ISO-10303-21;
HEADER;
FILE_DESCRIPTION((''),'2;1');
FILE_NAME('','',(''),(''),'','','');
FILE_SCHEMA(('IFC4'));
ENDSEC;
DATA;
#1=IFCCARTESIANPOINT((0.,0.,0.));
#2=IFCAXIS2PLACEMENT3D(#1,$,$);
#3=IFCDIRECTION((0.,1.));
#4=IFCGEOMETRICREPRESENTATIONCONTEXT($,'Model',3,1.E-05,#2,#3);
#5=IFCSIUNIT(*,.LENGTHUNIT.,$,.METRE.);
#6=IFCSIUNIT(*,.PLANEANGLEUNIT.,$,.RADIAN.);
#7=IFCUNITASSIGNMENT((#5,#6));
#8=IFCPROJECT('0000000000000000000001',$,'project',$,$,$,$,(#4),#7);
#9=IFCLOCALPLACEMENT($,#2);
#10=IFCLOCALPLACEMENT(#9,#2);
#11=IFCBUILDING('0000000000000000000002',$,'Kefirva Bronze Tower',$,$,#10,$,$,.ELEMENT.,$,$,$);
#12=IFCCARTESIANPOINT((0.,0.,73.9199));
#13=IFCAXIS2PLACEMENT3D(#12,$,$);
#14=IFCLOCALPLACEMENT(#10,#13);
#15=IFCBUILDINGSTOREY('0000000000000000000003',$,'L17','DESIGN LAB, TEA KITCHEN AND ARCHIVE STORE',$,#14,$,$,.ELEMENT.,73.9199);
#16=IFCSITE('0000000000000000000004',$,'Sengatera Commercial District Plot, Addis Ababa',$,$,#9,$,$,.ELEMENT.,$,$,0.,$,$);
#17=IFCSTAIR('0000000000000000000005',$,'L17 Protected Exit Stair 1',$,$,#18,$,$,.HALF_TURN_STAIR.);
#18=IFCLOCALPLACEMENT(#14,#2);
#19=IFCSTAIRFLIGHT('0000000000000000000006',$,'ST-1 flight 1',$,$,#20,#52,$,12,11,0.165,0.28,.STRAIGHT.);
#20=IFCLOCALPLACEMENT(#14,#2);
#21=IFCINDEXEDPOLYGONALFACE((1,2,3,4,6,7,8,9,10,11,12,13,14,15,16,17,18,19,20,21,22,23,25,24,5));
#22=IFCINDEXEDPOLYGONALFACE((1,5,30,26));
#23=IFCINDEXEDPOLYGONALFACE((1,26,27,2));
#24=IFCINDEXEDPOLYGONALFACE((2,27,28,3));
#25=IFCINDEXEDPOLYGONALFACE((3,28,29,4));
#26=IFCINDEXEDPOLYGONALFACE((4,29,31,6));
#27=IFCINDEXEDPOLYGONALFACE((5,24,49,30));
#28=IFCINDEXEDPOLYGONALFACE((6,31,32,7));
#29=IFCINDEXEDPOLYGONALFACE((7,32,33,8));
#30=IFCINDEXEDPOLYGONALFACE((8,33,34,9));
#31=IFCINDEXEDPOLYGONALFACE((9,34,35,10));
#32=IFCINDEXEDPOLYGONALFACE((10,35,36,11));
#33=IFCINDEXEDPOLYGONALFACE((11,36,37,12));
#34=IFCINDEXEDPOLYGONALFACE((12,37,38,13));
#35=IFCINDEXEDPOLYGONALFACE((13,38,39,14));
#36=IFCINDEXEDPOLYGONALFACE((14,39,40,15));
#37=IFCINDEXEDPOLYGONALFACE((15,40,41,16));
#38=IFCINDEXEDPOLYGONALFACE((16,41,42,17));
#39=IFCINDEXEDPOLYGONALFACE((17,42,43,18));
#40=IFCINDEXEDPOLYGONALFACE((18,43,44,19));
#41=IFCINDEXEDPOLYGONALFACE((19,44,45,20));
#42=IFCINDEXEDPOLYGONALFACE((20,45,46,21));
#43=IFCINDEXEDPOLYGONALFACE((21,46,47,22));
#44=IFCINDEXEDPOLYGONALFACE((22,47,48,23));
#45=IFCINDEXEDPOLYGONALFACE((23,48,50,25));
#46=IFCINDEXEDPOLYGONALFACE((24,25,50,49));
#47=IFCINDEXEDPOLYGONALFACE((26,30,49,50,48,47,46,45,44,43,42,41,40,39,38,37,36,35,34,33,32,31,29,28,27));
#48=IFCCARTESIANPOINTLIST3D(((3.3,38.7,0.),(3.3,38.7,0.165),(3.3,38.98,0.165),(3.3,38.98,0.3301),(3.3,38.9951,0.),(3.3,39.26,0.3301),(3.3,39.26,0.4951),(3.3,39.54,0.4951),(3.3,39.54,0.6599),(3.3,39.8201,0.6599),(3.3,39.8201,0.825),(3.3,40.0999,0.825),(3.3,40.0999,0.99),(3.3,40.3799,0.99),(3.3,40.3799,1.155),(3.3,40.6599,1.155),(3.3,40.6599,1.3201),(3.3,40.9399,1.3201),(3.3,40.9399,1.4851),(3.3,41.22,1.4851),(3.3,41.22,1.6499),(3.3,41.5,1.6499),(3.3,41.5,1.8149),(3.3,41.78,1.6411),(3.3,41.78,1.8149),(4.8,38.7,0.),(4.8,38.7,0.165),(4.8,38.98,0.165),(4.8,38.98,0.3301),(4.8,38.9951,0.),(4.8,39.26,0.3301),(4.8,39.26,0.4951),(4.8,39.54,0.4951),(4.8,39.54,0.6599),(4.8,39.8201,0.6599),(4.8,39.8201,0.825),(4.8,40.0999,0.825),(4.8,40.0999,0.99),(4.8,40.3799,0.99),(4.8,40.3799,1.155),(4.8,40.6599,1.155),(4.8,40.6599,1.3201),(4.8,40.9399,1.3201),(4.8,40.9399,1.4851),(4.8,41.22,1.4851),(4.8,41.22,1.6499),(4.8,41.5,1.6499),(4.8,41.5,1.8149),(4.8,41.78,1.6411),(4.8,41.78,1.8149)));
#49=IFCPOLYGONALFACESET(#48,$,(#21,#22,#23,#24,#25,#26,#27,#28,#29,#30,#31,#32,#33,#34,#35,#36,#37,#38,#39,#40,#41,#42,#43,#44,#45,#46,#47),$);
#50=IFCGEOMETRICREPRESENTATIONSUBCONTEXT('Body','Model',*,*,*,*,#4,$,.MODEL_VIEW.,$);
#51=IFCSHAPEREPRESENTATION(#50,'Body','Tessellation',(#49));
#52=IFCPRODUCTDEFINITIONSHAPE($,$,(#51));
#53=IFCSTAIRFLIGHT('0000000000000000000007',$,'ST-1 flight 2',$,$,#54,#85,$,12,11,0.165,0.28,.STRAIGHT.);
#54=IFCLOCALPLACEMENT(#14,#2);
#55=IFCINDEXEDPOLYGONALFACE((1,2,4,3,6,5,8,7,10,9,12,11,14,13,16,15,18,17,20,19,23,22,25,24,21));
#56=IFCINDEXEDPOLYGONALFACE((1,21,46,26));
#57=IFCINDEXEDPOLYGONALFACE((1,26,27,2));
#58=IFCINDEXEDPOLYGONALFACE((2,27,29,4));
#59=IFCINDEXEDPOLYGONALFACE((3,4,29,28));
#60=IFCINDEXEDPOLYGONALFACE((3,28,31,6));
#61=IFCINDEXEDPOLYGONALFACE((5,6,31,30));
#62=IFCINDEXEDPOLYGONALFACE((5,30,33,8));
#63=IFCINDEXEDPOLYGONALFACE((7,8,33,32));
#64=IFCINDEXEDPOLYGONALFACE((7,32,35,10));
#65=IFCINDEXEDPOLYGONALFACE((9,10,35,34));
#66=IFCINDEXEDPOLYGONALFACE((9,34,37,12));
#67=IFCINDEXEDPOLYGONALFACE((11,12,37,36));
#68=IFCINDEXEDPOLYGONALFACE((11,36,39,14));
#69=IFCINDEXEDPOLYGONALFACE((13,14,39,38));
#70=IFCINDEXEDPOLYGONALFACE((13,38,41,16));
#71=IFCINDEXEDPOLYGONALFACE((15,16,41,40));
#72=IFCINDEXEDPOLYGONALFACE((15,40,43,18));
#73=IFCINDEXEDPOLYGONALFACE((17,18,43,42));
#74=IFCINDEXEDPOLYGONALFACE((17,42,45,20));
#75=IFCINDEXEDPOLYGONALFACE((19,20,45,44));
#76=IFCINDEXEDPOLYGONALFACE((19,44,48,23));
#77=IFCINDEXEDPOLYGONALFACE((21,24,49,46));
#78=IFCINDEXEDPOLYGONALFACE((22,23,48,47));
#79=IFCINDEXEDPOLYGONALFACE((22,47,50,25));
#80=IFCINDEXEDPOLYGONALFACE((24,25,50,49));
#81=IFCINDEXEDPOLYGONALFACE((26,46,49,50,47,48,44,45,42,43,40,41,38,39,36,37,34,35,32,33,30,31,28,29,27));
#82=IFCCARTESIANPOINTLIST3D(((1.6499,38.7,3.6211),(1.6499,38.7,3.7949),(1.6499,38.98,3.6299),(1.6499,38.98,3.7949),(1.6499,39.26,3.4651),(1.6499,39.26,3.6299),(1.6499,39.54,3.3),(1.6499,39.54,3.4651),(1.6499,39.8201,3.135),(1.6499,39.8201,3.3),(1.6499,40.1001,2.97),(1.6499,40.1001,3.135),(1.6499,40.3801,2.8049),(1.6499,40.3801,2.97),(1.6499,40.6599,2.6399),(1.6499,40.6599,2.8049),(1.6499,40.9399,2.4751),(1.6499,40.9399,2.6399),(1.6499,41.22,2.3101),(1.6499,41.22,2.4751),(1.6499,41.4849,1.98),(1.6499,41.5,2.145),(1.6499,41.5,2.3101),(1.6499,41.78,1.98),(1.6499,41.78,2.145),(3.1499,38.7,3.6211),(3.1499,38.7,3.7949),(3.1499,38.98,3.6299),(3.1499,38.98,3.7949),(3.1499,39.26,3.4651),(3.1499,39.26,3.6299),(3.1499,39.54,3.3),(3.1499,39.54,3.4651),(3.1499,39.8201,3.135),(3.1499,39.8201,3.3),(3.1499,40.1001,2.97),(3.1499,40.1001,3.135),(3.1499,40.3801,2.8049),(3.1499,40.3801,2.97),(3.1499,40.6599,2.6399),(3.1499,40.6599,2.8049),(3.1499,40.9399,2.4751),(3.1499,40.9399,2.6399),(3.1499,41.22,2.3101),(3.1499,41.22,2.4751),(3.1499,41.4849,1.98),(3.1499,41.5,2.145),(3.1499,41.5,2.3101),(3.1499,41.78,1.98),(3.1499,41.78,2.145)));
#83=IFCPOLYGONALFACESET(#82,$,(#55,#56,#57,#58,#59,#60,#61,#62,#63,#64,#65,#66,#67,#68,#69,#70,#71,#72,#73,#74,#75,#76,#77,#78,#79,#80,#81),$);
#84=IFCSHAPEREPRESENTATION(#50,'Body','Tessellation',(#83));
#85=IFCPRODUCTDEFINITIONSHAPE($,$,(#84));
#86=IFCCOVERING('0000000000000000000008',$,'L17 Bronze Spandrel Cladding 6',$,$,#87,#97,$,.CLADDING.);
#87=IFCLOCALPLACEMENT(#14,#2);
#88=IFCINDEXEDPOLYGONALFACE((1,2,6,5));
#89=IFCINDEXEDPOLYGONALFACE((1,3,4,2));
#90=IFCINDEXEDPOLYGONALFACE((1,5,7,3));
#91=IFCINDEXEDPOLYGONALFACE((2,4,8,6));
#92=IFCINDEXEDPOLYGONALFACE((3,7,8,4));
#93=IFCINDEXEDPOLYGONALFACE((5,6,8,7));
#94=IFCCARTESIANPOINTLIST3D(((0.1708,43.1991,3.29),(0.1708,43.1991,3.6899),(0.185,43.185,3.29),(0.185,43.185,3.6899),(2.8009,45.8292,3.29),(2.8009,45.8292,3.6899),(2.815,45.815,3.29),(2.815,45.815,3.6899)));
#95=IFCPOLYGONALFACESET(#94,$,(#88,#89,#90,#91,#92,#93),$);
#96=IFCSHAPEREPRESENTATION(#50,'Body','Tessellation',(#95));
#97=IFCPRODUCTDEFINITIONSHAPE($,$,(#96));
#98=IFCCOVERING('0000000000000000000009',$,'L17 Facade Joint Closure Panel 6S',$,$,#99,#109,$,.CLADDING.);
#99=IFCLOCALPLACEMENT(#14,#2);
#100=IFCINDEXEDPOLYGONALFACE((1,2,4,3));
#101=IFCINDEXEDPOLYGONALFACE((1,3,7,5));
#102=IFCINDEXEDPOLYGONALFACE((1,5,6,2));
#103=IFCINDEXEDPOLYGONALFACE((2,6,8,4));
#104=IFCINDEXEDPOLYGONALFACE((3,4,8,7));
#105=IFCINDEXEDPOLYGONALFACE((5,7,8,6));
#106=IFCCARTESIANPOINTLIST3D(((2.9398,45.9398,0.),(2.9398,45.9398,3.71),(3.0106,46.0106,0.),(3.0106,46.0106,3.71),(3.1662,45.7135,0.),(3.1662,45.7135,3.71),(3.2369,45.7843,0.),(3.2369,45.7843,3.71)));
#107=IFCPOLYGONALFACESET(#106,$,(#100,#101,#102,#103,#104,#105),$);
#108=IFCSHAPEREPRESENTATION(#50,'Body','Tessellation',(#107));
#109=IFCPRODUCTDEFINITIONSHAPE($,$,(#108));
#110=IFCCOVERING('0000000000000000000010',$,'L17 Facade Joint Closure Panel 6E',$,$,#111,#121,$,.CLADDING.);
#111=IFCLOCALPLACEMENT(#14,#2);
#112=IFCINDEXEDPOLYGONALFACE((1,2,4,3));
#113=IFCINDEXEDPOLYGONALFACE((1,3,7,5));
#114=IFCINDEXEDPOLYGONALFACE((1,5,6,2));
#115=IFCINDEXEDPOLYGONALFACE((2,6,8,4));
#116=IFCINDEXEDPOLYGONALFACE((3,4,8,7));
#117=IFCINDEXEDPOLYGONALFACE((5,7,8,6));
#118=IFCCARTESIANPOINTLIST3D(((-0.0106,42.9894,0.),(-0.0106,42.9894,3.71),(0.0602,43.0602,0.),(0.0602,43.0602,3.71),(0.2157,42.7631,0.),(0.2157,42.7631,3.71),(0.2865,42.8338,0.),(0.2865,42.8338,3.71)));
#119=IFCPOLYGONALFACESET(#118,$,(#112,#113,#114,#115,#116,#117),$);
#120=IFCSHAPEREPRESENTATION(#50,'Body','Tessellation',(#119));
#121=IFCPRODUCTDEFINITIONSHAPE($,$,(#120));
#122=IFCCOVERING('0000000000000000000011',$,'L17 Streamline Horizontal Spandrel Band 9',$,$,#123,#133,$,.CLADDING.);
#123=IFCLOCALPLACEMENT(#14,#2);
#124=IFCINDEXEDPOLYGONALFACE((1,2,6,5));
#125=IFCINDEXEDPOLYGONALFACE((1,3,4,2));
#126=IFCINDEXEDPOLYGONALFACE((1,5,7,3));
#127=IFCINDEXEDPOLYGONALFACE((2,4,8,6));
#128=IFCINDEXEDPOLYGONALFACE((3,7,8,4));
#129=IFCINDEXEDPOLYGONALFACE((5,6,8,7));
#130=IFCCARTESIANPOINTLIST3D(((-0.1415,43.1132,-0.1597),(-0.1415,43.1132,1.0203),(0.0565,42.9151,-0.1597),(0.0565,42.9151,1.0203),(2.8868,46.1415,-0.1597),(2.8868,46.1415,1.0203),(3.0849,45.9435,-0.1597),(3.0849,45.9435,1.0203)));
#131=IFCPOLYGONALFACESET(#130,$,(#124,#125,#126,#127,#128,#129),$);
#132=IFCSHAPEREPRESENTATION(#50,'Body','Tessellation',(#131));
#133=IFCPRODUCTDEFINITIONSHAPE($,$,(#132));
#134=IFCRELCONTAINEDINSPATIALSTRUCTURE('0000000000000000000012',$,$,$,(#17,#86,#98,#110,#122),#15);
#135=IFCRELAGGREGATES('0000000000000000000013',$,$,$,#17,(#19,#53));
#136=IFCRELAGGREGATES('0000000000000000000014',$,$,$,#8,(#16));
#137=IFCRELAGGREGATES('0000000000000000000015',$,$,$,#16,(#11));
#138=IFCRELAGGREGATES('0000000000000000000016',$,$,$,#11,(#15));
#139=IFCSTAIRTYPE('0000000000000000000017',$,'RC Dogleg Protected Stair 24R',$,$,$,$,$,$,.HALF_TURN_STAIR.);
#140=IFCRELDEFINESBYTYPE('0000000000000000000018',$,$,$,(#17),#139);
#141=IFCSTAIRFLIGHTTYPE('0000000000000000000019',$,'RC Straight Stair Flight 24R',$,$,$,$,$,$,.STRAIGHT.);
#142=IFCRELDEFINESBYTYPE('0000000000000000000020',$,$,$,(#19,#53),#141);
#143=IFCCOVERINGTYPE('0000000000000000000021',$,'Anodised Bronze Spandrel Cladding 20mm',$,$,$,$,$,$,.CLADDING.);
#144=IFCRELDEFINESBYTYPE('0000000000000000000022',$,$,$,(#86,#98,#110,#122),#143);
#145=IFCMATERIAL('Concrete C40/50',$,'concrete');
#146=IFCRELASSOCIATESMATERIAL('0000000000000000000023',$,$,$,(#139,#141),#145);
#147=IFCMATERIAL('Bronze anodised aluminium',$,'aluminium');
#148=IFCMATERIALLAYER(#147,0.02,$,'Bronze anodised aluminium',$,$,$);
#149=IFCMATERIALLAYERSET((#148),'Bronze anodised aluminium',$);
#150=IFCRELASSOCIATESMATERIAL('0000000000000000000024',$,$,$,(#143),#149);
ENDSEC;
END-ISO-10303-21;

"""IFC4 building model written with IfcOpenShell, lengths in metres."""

from ifc_helpers import new_model, si_unit, direction, frame, origin, origin_2d, place, context, subcontext, project, spatial, polyline, rectangle, outline, extrude, material, layer, layer_set, type_object, element, aggregate, save


model = new_model("IFC4")

# Units and contexts
model_context = context("Model", 3, precision=1e-05, world=origin(), true_north=direction((0.0, 1.0)))
body_context = subcontext(model_context, "Body", "Model", "MODEL_VIEW")
ifc_project = project(units=[si_unit("LENGTHUNIT", "METRE"), si_unit("PLANEANGLEUNIT", "RADIAN")], contexts=[model_context])

# Site, building, storey
site_placement = place(None, origin())
site = spatial("IfcSite", under=ifc_project, at=site_placement, Name="Sengatera Commercial District Plot, Addis Ababa", CompositionType="ELEMENT", RefElevation=0.0)
building_placement = place(site_placement, origin())
building = spatial("IfcBuilding", under=site, at=building_placement, Name="Kefirva Bronze Tower", CompositionType="ELEMENT")
storey_placement = place(building_placement, frame((0.0, 0.0, 73.9199)))
storey = spatial("IfcBuildingStorey", under=building, at=storey_placement, Name="L17", Description="DESIGN LAB, TEA KITCHEN AND ARCHIVE STORE", CompositionType="ELEMENT", Elevation=73.9199)

# Shared definitions
ifc_material_1 = material(Name="Bronze anodised aluminium", Category="aluminium")

# Stair, stair flights
ifc_material_2 = material(Name="Concrete C40/50", Category="concrete")
stair_type = type_object("IfcStairType", Name="RC Dogleg Protected Stair 24R", PredefinedType="HALF_TURN_STAIR", material=ifc_material_2)
stair_placement = place(storey_placement, origin())
stair = element("IfcStair", 1, at=stair_placement, inside=storey, type_object=stair_type, Name="L17 Protected Exit Stair 1", PredefinedType="HALF_TURN_STAIR")
stair_flight_type = type_object("IfcStairFlightType", Name="RC Straight Stair Flight 24R", PredefinedType="STRAIGHT", material=ifc_material_2)
stair_flight_1_placement = place(storey_placement, frame((4.05, 38.7, 0.0), z_axis=(0.0, 0.0, 1.0), x_axis=(0.0, 1.0, 0.0)))
stair_flight_1 = element("IfcStairFlight", 2, at=stair_flight_1_placement, type_object=stair_flight_type, Name="ST-1 flight 1", NumberOfRisers=12, NumberOfTreads=11, PredefinedType="STRAIGHT", RiserHeight=0.165, TreadLength=0.28, context=body_context, shape_type="SweptSolid", body=[
    extrude(outline(polyline([(0.0, 0.0), (0.0, 0.165), (0.28, 0.165), (0.28, 0.3301), (0.5601, 0.3301), (0.5601, 0.4951), (0.8401, 0.4951), (0.8401, 0.6599), (1.1201, 0.6599), (1.1201, 0.825), (1.3999, 0.825), (1.3999, 0.99), (1.6799, 0.99), (1.6799, 1.155), (1.96, 1.155), (1.96, 1.3201), (2.24, 1.3201), (2.24, 1.4851), (2.52, 1.4851), (2.52, 1.6499), (2.8, 1.6499), (2.8, 1.8149), (3.0801, 1.8149), (3.0801, 1.98), (3.0801, 1.6411), (0.2952, 0.0), (0.0, 0.0)])), frame((0.0, 0.75, 0.0), z_axis=(0.0, -1.0, 0.0), x_axis=(1.0, 0.0, 0.0)), (0.0, 0.0, 1.0), 1.5),
])
stair_flight_2_placement = place(storey_placement, frame((2.3999, 41.78, 1.98), z_axis=(0.0, 0.0, 1.0), x_axis=(0.0, -1.0, 0.0)))
stair_flight_2 = element("IfcStairFlight", 3, at=stair_flight_2_placement, type_object=stair_flight_type, Name="ST-1 flight 2", NumberOfRisers=12, NumberOfTreads=11, PredefinedType="STRAIGHT", RiserHeight=0.165, TreadLength=0.28, context=body_context, shape_type="SweptSolid", body=[
    extrude(outline(polyline([(0.0, 0.0), (0.0, 0.165), (0.28, 0.165), (0.28, 0.3301), (0.5601, 0.3301), (0.5601, 0.4951), (0.8401, 0.4951), (0.8401, 0.6599), (1.1201, 0.6599), (1.1201, 0.825), (1.3999, 0.825), (1.3999, 0.99), (1.6799, 0.99), (1.6799, 1.155), (1.96, 1.155), (1.96, 1.3201), (2.24, 1.3201), (2.24, 1.4851), (2.52, 1.4851), (2.52, 1.6499), (2.8, 1.6499), (2.8, 1.8149), (3.0801, 1.8149), (3.0801, 1.98), (3.0801, 1.6411), (0.2952, 0.0), (0.0, 0.0)])), frame((0.0, 0.75, 0.0), z_axis=(0.0, -1.0, 0.0), x_axis=(1.0, 0.0, 0.0)), (0.0, 0.0, 1.0), 1.5),
])
aggregate(stair, [stair_flight_1, stair_flight_2])

# Coverings
ifc_layer_1 = layer(ifc_material_1, 0.02, Name="Bronze anodised aluminium")
ifc_layer_set_1 = layer_set([ifc_layer_1], Name="Bronze anodised aluminium")
covering_type_1 = type_object("IfcCoveringType", Name="Anodised Bronze Spandrel Cladding 20mm", PredefinedType="CLADDING", material=ifc_layer_set_1)
covering_1_placement = place(storey_placement, frame((1.4929, 44.5071, 3.29), z_axis=(0.0, 0.0, 1.0), x_axis=(-0.707107, -0.707107, 0.0)))
element("IfcCovering", 4, at=covering_1_placement, inside=storey, type_object=covering_type_1, Name="L17 Bronze Spandrel Cladding 6", PredefinedType="CLADDING", context=body_context, shape_type="SweptSolid", body=[
    extrude(rectangle(XDim=3.7195, YDim=0.02, at=origin_2d()), origin(), (0.0, 0.0, 1.0), 0.3999),
])
for number, where, z_axis, x_axis, name in (
    (5, (3.0884, 45.8621, 0.0), (0.0, 0.0, 1.0), (-0.707107, -0.707107, 0.0), "L17 Facade Joint Closure Panel 6S"),
    (6, (0.1379, 42.9116, 0.0), (0.0, 0.0, 1.0), (-0.707107, -0.707107, 0.0), "L17 Facade Joint Closure Panel 6E"),
):
    element("IfcCovering", number, at=place(storey_placement, frame(where, z_axis=z_axis, x_axis=x_axis)), inside=storey, type_object=covering_type_1, Name=name, PredefinedType="CLADDING", context=body_context, shape_type="SweptSolid", body=[
        extrude(rectangle(XDim=0.1001, YDim=0.3201, at=origin_2d()), origin(), (0.0, 0.0, 1.0), 3.71),
    ])
covering_2_placement = place(storey_placement, frame((1.4717, 44.5283, -0.1597), z_axis=(0.0, 0.0, 1.0), x_axis=(-0.707107, -0.707107, 0.0)))
element("IfcCovering", 7, at=covering_2_placement, inside=storey, type_object=covering_type_1, Name="L17 Streamline Horizontal Spandrel Band 9", PredefinedType="CLADDING", context=body_context, shape_type="SweptSolid", body=[
    extrude(rectangle(XDim=4.2827, YDim=0.28, at=origin_2d()), origin(), (0.0, 0.0, 1.0), 1.1799),
])

save(model, "model.ifc")
